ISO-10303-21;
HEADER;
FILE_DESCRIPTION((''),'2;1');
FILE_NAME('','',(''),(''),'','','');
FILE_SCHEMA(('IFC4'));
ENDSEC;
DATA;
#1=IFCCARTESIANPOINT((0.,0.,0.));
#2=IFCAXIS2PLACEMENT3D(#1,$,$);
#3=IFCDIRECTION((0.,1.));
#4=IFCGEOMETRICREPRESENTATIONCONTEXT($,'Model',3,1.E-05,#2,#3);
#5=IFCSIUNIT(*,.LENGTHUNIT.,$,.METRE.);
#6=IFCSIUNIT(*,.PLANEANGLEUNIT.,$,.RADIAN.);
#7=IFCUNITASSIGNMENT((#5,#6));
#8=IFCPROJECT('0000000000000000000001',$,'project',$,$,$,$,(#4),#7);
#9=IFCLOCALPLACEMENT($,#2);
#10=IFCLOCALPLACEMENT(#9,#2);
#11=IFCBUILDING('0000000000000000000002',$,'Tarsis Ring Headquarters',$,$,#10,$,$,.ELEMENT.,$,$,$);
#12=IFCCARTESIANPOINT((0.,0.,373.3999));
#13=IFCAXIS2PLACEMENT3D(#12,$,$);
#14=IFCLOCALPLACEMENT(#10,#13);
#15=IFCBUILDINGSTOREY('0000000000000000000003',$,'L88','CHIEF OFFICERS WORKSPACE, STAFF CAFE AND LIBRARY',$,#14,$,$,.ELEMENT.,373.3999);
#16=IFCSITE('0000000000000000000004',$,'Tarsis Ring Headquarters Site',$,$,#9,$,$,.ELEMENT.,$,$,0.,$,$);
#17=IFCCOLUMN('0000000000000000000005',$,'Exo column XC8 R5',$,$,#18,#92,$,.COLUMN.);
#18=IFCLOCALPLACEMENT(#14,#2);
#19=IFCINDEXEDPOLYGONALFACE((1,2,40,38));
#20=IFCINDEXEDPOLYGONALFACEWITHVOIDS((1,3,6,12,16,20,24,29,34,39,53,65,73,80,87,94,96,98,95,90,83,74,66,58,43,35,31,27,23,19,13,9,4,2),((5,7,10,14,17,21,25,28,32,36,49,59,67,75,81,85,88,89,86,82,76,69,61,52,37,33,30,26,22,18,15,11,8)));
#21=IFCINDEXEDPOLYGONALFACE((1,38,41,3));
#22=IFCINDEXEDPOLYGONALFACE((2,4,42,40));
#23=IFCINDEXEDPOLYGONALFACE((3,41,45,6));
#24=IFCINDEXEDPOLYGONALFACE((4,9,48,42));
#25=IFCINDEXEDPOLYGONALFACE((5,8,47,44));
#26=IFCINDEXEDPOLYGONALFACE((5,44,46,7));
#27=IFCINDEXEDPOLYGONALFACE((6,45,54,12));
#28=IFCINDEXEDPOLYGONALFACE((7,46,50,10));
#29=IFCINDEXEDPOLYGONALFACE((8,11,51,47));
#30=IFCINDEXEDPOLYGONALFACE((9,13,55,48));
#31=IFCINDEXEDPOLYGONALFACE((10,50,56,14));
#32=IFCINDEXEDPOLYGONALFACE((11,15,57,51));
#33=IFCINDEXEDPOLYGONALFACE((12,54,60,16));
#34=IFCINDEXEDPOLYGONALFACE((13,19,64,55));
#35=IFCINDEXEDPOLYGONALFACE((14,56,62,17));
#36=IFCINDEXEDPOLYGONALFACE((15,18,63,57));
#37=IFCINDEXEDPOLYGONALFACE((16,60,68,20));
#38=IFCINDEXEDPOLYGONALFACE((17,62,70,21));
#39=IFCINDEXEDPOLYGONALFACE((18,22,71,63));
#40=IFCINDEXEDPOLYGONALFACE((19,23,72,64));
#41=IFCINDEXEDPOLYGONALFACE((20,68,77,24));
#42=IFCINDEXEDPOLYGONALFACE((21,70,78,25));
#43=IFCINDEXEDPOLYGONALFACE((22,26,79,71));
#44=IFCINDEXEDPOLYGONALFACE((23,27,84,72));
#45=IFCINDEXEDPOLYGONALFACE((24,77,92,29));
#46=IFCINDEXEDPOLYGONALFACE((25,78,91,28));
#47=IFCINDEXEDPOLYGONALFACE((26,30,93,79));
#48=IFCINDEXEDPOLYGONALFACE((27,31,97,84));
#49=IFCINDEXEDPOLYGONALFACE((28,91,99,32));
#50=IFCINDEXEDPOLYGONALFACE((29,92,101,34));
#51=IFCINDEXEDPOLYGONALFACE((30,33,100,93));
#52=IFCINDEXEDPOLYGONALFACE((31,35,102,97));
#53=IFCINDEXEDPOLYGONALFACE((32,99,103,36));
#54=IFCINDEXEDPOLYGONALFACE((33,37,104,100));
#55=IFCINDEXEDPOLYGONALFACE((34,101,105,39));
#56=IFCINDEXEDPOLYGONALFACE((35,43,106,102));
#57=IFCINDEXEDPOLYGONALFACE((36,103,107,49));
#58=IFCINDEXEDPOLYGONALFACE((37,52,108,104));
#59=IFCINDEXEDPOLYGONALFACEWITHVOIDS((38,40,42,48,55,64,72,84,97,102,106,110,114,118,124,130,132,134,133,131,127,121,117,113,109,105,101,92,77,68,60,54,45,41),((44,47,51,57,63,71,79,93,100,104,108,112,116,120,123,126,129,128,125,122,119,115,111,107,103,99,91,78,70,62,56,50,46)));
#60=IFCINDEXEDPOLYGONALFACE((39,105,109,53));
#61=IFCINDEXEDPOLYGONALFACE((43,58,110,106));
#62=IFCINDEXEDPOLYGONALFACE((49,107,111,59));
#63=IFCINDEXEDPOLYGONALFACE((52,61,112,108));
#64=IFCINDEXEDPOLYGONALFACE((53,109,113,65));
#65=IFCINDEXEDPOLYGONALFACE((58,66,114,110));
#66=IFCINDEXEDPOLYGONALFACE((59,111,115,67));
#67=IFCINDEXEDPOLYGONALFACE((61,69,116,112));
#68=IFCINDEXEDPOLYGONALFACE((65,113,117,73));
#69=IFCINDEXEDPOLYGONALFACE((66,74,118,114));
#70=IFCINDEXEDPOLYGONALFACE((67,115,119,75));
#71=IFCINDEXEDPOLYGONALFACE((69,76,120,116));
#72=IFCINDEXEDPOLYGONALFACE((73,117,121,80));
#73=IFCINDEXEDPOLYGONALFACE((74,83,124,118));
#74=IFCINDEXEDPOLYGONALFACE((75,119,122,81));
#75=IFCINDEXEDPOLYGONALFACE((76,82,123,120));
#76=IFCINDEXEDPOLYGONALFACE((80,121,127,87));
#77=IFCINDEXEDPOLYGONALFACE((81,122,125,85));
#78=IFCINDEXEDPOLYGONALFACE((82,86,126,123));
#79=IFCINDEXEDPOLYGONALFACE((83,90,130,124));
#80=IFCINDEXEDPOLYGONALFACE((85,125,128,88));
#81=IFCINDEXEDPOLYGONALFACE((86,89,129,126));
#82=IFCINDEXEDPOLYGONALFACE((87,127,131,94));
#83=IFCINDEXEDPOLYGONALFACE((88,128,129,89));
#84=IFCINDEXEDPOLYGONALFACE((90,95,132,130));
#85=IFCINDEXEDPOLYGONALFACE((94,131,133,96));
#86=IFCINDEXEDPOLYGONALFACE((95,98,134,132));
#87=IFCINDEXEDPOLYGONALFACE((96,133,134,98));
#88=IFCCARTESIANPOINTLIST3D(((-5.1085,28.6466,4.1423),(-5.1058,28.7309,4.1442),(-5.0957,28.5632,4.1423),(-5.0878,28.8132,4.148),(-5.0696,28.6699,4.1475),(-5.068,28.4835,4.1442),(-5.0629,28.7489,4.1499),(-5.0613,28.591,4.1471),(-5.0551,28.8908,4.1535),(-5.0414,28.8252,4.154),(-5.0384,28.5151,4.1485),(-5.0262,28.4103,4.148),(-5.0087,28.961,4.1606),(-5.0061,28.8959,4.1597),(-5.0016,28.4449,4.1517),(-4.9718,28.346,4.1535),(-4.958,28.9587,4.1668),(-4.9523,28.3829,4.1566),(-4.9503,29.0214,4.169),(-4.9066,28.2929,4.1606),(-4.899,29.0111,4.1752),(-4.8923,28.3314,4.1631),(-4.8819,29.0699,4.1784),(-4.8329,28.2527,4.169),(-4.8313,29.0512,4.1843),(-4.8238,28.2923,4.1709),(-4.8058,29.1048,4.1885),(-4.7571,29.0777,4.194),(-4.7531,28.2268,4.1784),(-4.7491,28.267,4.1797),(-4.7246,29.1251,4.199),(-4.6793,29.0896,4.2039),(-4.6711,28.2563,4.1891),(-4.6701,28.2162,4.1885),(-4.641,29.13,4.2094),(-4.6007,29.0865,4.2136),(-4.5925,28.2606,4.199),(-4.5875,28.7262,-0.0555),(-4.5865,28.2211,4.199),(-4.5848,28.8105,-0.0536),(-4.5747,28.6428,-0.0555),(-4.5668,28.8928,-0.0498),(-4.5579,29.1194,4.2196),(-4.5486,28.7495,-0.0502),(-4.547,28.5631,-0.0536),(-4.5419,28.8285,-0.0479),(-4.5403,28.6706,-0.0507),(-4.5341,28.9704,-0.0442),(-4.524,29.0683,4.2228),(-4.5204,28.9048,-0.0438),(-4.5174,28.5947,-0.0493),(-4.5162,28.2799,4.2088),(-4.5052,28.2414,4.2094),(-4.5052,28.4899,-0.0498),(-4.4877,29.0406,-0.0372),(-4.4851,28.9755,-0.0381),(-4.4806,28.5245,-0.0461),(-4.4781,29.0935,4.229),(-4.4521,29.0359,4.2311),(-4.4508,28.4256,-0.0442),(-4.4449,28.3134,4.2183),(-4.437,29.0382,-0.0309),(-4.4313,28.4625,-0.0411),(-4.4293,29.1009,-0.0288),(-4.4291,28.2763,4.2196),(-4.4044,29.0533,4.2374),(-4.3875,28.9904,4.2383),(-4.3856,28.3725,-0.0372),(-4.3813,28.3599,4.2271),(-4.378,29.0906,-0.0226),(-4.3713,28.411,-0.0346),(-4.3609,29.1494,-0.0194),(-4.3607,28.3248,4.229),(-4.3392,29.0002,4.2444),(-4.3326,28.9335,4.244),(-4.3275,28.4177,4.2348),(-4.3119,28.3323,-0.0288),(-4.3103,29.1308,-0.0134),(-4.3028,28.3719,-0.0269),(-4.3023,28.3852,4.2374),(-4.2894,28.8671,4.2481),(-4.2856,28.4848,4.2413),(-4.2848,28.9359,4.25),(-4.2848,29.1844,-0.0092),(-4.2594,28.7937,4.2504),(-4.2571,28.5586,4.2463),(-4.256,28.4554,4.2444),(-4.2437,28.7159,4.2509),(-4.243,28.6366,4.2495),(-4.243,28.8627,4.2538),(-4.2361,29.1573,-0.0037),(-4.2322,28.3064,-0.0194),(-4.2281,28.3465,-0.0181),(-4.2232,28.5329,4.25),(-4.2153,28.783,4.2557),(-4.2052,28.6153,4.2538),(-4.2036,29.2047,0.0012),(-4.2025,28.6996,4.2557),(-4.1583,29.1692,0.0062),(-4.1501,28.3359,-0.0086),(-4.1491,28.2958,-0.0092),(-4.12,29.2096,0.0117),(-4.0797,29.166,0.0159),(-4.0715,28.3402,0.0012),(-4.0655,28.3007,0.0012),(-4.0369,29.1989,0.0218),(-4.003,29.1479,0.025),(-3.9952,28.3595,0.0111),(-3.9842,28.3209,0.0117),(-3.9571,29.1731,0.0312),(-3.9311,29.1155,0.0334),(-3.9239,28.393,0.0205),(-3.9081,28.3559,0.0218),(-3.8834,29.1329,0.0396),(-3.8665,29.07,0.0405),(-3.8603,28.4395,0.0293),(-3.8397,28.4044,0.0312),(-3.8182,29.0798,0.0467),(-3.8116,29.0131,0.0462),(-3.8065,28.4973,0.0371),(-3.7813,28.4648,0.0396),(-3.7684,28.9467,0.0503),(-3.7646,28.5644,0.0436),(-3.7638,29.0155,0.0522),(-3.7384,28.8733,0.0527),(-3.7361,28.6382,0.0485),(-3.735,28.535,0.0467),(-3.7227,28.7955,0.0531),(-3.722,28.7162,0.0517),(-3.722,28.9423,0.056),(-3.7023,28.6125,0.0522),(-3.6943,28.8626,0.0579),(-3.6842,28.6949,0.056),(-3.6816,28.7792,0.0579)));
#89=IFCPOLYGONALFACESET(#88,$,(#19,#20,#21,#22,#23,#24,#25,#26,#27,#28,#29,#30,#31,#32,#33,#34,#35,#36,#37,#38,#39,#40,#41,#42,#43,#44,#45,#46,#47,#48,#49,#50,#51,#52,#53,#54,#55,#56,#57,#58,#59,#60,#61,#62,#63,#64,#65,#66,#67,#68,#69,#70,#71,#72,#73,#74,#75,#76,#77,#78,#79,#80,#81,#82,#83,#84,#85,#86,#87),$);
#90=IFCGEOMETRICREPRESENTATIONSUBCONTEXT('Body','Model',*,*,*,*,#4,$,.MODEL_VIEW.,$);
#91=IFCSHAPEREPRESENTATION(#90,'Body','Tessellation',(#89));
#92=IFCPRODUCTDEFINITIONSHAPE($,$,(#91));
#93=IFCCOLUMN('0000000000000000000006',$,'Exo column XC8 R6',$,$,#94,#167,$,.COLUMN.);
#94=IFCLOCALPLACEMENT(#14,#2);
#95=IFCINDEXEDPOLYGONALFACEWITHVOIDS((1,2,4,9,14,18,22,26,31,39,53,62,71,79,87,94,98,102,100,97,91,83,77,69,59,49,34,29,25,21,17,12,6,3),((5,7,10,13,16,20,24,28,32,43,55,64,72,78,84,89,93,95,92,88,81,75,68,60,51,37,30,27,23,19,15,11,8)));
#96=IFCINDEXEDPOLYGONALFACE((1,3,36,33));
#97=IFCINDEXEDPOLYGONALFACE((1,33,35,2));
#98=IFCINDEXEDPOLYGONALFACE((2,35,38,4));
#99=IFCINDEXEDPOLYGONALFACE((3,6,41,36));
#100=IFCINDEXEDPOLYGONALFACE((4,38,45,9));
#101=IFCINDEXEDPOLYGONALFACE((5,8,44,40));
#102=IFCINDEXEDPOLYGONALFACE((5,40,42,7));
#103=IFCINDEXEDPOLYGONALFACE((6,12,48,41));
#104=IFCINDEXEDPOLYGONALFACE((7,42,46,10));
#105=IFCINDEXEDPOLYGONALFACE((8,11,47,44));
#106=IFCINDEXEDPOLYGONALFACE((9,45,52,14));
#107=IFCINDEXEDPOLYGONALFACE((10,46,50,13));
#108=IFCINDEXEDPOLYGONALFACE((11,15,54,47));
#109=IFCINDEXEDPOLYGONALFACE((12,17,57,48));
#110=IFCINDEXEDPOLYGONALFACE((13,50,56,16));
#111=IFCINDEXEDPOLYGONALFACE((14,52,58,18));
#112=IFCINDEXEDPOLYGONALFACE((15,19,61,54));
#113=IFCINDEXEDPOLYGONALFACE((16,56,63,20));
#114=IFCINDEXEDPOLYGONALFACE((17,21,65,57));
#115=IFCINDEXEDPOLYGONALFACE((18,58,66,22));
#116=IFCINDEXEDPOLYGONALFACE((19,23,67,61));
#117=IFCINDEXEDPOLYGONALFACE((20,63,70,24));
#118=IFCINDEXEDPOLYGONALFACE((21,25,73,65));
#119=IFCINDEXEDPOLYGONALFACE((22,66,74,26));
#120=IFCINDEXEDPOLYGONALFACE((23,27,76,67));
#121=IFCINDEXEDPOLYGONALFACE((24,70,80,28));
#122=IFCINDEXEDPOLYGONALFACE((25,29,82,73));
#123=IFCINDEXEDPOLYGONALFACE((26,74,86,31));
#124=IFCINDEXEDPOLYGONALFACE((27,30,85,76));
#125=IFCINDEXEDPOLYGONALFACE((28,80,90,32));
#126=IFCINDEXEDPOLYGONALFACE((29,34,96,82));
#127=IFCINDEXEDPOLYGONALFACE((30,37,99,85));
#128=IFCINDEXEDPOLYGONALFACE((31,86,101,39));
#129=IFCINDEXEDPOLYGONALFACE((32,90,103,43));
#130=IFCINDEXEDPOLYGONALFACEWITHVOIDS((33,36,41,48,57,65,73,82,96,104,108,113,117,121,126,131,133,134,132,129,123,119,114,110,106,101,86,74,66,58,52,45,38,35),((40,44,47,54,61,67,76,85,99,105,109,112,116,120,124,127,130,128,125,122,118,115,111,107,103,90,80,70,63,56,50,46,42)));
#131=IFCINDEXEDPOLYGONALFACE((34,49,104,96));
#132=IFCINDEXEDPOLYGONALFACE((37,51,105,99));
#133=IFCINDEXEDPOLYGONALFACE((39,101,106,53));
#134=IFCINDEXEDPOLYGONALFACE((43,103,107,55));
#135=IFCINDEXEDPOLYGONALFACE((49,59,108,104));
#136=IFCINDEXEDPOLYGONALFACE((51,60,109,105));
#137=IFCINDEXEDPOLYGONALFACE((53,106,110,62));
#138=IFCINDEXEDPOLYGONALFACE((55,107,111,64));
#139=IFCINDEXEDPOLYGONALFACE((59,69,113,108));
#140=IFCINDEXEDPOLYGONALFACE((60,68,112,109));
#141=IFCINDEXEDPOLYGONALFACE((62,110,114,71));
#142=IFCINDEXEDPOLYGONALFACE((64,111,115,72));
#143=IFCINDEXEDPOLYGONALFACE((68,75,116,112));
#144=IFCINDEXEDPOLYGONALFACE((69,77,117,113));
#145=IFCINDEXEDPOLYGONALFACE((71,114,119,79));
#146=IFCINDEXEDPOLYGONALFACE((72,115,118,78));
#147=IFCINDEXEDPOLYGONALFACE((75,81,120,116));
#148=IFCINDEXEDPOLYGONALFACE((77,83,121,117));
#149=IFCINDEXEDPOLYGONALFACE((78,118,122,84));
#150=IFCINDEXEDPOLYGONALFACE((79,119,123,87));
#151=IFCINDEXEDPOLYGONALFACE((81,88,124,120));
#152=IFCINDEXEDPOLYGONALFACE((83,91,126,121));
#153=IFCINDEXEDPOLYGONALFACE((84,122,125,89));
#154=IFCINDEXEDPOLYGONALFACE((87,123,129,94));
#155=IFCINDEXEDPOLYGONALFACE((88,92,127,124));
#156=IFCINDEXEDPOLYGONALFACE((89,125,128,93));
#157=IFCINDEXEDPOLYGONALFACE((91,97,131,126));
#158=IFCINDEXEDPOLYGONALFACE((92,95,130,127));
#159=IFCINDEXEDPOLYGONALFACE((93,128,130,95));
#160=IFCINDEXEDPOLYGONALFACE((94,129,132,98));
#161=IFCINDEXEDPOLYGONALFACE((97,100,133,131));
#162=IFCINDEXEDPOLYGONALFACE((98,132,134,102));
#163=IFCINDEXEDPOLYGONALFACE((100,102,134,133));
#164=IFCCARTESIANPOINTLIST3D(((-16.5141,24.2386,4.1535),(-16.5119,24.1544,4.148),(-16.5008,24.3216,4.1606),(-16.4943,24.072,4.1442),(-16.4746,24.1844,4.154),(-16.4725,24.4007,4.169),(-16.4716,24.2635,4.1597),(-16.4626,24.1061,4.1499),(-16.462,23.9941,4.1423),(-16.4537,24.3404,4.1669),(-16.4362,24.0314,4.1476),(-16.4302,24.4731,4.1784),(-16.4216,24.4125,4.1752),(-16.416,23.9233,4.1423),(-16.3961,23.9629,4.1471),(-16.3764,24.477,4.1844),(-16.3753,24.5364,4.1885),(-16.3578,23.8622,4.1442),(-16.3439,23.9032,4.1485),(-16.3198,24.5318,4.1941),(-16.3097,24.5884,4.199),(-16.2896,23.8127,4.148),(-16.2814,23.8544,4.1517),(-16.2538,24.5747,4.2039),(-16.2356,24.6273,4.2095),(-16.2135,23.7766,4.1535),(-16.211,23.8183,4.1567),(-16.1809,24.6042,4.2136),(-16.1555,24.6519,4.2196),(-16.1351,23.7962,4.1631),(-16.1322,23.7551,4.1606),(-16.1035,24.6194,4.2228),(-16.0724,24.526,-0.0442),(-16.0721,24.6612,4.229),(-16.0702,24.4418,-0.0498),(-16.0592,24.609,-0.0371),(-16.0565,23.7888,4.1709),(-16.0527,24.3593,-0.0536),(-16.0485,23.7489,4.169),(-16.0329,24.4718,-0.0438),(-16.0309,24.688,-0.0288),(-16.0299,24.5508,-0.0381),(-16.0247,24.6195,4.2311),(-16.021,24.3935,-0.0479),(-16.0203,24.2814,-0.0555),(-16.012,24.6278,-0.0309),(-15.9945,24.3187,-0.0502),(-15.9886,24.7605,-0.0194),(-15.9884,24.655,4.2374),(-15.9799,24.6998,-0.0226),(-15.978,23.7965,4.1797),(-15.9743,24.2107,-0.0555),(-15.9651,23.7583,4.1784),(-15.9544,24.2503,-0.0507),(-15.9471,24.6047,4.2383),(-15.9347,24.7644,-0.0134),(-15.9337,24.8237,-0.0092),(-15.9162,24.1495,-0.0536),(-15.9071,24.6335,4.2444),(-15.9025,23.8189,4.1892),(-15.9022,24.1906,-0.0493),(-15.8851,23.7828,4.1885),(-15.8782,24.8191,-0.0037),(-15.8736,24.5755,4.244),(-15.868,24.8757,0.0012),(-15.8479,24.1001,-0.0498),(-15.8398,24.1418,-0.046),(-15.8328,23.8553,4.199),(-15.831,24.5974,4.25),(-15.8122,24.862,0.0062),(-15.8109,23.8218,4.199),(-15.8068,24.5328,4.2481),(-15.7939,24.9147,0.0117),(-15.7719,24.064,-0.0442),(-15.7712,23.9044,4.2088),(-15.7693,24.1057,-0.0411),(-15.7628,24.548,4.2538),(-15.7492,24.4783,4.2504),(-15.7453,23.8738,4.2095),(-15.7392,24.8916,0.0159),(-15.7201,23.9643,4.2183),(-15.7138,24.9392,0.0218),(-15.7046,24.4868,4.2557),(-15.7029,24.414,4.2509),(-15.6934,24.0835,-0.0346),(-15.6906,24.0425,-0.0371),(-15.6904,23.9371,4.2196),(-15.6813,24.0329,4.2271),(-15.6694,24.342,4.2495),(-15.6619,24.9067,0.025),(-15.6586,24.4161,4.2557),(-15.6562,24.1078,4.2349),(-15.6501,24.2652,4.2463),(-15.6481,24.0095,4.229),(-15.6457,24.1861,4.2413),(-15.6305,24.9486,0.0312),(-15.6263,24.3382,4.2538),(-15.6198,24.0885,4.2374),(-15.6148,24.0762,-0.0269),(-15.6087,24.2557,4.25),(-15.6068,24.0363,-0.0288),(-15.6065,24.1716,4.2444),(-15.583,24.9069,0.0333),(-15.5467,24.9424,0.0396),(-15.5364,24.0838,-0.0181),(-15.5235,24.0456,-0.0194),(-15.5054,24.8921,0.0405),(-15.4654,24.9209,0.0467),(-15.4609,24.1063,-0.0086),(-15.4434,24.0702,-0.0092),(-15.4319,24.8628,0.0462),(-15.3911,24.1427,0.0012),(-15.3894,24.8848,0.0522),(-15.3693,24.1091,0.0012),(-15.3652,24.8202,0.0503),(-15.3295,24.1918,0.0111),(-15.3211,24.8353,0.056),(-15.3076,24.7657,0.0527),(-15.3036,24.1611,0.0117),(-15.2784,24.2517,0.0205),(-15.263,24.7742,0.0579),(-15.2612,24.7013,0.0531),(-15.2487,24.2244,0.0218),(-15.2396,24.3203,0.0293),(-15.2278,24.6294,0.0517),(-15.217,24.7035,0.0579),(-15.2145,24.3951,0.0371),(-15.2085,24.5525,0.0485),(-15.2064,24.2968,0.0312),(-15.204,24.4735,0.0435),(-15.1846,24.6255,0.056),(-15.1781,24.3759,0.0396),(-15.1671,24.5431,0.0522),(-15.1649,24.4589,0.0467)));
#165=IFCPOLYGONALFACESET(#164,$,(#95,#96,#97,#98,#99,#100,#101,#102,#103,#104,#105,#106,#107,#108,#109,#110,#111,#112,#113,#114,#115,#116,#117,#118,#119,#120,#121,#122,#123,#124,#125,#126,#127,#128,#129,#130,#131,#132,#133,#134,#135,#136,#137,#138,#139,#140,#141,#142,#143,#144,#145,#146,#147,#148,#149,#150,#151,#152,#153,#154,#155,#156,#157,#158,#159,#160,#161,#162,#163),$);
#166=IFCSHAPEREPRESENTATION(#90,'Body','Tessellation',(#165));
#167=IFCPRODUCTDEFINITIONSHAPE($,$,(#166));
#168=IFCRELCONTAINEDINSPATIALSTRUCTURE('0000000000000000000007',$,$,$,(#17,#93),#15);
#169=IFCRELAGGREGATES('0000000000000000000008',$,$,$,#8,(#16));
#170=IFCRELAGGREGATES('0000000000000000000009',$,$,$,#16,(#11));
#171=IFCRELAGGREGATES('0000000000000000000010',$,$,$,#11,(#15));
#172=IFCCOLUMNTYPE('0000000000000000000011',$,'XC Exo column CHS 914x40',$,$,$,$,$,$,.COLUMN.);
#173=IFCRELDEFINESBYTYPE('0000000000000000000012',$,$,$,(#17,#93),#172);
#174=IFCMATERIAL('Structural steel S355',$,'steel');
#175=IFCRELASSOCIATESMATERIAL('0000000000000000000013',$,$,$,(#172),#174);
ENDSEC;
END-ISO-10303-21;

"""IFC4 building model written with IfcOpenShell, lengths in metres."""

from ifc_helpers import new_model, si_unit, direction, frame, origin, origin_2d, place, context, subcontext, project, spatial, hollow_circle, extrude, material, material_profile, profile_set, type_object, element, save


model = new_model("IFC4")

# Units and contexts
model_context = context("Model", 3, precision=1e-05, world=origin(), true_north=direction((0.0, 1.0)))
body_context = subcontext(model_context, "Body", "Model", "MODEL_VIEW")
ifc_project = project(units=[si_unit("LENGTHUNIT", "METRE"), si_unit("PLANEANGLEUNIT", "RADIAN")], contexts=[model_context])

# Site, building, storey
site_placement = place(None, origin())
site = spatial("IfcSite", under=ifc_project, at=site_placement, Name="Tarsis Ring Headquarters Site", CompositionType="ELEMENT", RefElevation=0.0)
building_placement = place(site_placement, origin())
building = spatial("IfcBuilding", under=site, at=building_placement, Name="Tarsis Ring Headquarters", CompositionType="ELEMENT")
storey_placement = place(building_placement, frame((0.0, 0.0, 373.3999)))
storey = spatial("IfcBuildingStorey", under=building, at=storey_placement, Name="L88", Description="CHIEF OFFICERS WORKSPACE, STAFF CAFE AND LIBRARY", CompositionType="ELEMENT", Elevation=373.3999)

# Columns
ifc_material_1 = material(Name="Structural steel S355", Category="steel")
ifc_material_profile_1 = material_profile(ifc_material_1, hollow_circle(Radius=0.457, WallThickness=0.04, at=origin_2d()), Name="CHS 914x40")
ifc_profile_set_1 = profile_set([ifc_material_profile_1], Name="Structural steel S355")
column_type = type_object("IfcColumnType", Name="XC Exo column CHS 914x40", PredefinedType="COLUMN", material=ifc_profile_set_1)
for number, where, z_axis, x_axis, name in (
    (1, (-4.1345, 28.7527, 0.0012), (-0.123146, -0.018812, 0.99221), (0.151013, -0.988532, 0.0), "Exo column XC8 R5"),
    (2, (-15.6187, 24.4924, 0.0012), (-0.104392, -0.067921, 0.992214), (0.545363, -0.8382, 0.0), "Exo column XC8 R6"),
):
    element("IfcColumn", number, at=place(storey_placement, frame(where, z_axis=z_axis, x_axis=x_axis)), inside=storey, type_object=column_type, Name=name, PredefinedType="COLUMN", context=body_context, shape_type="SweptSolid", body=[
        extrude(hollow_circle(Radius=0.4573, WallThickness=0.04, at=origin_2d()), origin(), (0.0, 0.0, 1.0), 4.2307),
    ])

save(model, "model.ifc")
